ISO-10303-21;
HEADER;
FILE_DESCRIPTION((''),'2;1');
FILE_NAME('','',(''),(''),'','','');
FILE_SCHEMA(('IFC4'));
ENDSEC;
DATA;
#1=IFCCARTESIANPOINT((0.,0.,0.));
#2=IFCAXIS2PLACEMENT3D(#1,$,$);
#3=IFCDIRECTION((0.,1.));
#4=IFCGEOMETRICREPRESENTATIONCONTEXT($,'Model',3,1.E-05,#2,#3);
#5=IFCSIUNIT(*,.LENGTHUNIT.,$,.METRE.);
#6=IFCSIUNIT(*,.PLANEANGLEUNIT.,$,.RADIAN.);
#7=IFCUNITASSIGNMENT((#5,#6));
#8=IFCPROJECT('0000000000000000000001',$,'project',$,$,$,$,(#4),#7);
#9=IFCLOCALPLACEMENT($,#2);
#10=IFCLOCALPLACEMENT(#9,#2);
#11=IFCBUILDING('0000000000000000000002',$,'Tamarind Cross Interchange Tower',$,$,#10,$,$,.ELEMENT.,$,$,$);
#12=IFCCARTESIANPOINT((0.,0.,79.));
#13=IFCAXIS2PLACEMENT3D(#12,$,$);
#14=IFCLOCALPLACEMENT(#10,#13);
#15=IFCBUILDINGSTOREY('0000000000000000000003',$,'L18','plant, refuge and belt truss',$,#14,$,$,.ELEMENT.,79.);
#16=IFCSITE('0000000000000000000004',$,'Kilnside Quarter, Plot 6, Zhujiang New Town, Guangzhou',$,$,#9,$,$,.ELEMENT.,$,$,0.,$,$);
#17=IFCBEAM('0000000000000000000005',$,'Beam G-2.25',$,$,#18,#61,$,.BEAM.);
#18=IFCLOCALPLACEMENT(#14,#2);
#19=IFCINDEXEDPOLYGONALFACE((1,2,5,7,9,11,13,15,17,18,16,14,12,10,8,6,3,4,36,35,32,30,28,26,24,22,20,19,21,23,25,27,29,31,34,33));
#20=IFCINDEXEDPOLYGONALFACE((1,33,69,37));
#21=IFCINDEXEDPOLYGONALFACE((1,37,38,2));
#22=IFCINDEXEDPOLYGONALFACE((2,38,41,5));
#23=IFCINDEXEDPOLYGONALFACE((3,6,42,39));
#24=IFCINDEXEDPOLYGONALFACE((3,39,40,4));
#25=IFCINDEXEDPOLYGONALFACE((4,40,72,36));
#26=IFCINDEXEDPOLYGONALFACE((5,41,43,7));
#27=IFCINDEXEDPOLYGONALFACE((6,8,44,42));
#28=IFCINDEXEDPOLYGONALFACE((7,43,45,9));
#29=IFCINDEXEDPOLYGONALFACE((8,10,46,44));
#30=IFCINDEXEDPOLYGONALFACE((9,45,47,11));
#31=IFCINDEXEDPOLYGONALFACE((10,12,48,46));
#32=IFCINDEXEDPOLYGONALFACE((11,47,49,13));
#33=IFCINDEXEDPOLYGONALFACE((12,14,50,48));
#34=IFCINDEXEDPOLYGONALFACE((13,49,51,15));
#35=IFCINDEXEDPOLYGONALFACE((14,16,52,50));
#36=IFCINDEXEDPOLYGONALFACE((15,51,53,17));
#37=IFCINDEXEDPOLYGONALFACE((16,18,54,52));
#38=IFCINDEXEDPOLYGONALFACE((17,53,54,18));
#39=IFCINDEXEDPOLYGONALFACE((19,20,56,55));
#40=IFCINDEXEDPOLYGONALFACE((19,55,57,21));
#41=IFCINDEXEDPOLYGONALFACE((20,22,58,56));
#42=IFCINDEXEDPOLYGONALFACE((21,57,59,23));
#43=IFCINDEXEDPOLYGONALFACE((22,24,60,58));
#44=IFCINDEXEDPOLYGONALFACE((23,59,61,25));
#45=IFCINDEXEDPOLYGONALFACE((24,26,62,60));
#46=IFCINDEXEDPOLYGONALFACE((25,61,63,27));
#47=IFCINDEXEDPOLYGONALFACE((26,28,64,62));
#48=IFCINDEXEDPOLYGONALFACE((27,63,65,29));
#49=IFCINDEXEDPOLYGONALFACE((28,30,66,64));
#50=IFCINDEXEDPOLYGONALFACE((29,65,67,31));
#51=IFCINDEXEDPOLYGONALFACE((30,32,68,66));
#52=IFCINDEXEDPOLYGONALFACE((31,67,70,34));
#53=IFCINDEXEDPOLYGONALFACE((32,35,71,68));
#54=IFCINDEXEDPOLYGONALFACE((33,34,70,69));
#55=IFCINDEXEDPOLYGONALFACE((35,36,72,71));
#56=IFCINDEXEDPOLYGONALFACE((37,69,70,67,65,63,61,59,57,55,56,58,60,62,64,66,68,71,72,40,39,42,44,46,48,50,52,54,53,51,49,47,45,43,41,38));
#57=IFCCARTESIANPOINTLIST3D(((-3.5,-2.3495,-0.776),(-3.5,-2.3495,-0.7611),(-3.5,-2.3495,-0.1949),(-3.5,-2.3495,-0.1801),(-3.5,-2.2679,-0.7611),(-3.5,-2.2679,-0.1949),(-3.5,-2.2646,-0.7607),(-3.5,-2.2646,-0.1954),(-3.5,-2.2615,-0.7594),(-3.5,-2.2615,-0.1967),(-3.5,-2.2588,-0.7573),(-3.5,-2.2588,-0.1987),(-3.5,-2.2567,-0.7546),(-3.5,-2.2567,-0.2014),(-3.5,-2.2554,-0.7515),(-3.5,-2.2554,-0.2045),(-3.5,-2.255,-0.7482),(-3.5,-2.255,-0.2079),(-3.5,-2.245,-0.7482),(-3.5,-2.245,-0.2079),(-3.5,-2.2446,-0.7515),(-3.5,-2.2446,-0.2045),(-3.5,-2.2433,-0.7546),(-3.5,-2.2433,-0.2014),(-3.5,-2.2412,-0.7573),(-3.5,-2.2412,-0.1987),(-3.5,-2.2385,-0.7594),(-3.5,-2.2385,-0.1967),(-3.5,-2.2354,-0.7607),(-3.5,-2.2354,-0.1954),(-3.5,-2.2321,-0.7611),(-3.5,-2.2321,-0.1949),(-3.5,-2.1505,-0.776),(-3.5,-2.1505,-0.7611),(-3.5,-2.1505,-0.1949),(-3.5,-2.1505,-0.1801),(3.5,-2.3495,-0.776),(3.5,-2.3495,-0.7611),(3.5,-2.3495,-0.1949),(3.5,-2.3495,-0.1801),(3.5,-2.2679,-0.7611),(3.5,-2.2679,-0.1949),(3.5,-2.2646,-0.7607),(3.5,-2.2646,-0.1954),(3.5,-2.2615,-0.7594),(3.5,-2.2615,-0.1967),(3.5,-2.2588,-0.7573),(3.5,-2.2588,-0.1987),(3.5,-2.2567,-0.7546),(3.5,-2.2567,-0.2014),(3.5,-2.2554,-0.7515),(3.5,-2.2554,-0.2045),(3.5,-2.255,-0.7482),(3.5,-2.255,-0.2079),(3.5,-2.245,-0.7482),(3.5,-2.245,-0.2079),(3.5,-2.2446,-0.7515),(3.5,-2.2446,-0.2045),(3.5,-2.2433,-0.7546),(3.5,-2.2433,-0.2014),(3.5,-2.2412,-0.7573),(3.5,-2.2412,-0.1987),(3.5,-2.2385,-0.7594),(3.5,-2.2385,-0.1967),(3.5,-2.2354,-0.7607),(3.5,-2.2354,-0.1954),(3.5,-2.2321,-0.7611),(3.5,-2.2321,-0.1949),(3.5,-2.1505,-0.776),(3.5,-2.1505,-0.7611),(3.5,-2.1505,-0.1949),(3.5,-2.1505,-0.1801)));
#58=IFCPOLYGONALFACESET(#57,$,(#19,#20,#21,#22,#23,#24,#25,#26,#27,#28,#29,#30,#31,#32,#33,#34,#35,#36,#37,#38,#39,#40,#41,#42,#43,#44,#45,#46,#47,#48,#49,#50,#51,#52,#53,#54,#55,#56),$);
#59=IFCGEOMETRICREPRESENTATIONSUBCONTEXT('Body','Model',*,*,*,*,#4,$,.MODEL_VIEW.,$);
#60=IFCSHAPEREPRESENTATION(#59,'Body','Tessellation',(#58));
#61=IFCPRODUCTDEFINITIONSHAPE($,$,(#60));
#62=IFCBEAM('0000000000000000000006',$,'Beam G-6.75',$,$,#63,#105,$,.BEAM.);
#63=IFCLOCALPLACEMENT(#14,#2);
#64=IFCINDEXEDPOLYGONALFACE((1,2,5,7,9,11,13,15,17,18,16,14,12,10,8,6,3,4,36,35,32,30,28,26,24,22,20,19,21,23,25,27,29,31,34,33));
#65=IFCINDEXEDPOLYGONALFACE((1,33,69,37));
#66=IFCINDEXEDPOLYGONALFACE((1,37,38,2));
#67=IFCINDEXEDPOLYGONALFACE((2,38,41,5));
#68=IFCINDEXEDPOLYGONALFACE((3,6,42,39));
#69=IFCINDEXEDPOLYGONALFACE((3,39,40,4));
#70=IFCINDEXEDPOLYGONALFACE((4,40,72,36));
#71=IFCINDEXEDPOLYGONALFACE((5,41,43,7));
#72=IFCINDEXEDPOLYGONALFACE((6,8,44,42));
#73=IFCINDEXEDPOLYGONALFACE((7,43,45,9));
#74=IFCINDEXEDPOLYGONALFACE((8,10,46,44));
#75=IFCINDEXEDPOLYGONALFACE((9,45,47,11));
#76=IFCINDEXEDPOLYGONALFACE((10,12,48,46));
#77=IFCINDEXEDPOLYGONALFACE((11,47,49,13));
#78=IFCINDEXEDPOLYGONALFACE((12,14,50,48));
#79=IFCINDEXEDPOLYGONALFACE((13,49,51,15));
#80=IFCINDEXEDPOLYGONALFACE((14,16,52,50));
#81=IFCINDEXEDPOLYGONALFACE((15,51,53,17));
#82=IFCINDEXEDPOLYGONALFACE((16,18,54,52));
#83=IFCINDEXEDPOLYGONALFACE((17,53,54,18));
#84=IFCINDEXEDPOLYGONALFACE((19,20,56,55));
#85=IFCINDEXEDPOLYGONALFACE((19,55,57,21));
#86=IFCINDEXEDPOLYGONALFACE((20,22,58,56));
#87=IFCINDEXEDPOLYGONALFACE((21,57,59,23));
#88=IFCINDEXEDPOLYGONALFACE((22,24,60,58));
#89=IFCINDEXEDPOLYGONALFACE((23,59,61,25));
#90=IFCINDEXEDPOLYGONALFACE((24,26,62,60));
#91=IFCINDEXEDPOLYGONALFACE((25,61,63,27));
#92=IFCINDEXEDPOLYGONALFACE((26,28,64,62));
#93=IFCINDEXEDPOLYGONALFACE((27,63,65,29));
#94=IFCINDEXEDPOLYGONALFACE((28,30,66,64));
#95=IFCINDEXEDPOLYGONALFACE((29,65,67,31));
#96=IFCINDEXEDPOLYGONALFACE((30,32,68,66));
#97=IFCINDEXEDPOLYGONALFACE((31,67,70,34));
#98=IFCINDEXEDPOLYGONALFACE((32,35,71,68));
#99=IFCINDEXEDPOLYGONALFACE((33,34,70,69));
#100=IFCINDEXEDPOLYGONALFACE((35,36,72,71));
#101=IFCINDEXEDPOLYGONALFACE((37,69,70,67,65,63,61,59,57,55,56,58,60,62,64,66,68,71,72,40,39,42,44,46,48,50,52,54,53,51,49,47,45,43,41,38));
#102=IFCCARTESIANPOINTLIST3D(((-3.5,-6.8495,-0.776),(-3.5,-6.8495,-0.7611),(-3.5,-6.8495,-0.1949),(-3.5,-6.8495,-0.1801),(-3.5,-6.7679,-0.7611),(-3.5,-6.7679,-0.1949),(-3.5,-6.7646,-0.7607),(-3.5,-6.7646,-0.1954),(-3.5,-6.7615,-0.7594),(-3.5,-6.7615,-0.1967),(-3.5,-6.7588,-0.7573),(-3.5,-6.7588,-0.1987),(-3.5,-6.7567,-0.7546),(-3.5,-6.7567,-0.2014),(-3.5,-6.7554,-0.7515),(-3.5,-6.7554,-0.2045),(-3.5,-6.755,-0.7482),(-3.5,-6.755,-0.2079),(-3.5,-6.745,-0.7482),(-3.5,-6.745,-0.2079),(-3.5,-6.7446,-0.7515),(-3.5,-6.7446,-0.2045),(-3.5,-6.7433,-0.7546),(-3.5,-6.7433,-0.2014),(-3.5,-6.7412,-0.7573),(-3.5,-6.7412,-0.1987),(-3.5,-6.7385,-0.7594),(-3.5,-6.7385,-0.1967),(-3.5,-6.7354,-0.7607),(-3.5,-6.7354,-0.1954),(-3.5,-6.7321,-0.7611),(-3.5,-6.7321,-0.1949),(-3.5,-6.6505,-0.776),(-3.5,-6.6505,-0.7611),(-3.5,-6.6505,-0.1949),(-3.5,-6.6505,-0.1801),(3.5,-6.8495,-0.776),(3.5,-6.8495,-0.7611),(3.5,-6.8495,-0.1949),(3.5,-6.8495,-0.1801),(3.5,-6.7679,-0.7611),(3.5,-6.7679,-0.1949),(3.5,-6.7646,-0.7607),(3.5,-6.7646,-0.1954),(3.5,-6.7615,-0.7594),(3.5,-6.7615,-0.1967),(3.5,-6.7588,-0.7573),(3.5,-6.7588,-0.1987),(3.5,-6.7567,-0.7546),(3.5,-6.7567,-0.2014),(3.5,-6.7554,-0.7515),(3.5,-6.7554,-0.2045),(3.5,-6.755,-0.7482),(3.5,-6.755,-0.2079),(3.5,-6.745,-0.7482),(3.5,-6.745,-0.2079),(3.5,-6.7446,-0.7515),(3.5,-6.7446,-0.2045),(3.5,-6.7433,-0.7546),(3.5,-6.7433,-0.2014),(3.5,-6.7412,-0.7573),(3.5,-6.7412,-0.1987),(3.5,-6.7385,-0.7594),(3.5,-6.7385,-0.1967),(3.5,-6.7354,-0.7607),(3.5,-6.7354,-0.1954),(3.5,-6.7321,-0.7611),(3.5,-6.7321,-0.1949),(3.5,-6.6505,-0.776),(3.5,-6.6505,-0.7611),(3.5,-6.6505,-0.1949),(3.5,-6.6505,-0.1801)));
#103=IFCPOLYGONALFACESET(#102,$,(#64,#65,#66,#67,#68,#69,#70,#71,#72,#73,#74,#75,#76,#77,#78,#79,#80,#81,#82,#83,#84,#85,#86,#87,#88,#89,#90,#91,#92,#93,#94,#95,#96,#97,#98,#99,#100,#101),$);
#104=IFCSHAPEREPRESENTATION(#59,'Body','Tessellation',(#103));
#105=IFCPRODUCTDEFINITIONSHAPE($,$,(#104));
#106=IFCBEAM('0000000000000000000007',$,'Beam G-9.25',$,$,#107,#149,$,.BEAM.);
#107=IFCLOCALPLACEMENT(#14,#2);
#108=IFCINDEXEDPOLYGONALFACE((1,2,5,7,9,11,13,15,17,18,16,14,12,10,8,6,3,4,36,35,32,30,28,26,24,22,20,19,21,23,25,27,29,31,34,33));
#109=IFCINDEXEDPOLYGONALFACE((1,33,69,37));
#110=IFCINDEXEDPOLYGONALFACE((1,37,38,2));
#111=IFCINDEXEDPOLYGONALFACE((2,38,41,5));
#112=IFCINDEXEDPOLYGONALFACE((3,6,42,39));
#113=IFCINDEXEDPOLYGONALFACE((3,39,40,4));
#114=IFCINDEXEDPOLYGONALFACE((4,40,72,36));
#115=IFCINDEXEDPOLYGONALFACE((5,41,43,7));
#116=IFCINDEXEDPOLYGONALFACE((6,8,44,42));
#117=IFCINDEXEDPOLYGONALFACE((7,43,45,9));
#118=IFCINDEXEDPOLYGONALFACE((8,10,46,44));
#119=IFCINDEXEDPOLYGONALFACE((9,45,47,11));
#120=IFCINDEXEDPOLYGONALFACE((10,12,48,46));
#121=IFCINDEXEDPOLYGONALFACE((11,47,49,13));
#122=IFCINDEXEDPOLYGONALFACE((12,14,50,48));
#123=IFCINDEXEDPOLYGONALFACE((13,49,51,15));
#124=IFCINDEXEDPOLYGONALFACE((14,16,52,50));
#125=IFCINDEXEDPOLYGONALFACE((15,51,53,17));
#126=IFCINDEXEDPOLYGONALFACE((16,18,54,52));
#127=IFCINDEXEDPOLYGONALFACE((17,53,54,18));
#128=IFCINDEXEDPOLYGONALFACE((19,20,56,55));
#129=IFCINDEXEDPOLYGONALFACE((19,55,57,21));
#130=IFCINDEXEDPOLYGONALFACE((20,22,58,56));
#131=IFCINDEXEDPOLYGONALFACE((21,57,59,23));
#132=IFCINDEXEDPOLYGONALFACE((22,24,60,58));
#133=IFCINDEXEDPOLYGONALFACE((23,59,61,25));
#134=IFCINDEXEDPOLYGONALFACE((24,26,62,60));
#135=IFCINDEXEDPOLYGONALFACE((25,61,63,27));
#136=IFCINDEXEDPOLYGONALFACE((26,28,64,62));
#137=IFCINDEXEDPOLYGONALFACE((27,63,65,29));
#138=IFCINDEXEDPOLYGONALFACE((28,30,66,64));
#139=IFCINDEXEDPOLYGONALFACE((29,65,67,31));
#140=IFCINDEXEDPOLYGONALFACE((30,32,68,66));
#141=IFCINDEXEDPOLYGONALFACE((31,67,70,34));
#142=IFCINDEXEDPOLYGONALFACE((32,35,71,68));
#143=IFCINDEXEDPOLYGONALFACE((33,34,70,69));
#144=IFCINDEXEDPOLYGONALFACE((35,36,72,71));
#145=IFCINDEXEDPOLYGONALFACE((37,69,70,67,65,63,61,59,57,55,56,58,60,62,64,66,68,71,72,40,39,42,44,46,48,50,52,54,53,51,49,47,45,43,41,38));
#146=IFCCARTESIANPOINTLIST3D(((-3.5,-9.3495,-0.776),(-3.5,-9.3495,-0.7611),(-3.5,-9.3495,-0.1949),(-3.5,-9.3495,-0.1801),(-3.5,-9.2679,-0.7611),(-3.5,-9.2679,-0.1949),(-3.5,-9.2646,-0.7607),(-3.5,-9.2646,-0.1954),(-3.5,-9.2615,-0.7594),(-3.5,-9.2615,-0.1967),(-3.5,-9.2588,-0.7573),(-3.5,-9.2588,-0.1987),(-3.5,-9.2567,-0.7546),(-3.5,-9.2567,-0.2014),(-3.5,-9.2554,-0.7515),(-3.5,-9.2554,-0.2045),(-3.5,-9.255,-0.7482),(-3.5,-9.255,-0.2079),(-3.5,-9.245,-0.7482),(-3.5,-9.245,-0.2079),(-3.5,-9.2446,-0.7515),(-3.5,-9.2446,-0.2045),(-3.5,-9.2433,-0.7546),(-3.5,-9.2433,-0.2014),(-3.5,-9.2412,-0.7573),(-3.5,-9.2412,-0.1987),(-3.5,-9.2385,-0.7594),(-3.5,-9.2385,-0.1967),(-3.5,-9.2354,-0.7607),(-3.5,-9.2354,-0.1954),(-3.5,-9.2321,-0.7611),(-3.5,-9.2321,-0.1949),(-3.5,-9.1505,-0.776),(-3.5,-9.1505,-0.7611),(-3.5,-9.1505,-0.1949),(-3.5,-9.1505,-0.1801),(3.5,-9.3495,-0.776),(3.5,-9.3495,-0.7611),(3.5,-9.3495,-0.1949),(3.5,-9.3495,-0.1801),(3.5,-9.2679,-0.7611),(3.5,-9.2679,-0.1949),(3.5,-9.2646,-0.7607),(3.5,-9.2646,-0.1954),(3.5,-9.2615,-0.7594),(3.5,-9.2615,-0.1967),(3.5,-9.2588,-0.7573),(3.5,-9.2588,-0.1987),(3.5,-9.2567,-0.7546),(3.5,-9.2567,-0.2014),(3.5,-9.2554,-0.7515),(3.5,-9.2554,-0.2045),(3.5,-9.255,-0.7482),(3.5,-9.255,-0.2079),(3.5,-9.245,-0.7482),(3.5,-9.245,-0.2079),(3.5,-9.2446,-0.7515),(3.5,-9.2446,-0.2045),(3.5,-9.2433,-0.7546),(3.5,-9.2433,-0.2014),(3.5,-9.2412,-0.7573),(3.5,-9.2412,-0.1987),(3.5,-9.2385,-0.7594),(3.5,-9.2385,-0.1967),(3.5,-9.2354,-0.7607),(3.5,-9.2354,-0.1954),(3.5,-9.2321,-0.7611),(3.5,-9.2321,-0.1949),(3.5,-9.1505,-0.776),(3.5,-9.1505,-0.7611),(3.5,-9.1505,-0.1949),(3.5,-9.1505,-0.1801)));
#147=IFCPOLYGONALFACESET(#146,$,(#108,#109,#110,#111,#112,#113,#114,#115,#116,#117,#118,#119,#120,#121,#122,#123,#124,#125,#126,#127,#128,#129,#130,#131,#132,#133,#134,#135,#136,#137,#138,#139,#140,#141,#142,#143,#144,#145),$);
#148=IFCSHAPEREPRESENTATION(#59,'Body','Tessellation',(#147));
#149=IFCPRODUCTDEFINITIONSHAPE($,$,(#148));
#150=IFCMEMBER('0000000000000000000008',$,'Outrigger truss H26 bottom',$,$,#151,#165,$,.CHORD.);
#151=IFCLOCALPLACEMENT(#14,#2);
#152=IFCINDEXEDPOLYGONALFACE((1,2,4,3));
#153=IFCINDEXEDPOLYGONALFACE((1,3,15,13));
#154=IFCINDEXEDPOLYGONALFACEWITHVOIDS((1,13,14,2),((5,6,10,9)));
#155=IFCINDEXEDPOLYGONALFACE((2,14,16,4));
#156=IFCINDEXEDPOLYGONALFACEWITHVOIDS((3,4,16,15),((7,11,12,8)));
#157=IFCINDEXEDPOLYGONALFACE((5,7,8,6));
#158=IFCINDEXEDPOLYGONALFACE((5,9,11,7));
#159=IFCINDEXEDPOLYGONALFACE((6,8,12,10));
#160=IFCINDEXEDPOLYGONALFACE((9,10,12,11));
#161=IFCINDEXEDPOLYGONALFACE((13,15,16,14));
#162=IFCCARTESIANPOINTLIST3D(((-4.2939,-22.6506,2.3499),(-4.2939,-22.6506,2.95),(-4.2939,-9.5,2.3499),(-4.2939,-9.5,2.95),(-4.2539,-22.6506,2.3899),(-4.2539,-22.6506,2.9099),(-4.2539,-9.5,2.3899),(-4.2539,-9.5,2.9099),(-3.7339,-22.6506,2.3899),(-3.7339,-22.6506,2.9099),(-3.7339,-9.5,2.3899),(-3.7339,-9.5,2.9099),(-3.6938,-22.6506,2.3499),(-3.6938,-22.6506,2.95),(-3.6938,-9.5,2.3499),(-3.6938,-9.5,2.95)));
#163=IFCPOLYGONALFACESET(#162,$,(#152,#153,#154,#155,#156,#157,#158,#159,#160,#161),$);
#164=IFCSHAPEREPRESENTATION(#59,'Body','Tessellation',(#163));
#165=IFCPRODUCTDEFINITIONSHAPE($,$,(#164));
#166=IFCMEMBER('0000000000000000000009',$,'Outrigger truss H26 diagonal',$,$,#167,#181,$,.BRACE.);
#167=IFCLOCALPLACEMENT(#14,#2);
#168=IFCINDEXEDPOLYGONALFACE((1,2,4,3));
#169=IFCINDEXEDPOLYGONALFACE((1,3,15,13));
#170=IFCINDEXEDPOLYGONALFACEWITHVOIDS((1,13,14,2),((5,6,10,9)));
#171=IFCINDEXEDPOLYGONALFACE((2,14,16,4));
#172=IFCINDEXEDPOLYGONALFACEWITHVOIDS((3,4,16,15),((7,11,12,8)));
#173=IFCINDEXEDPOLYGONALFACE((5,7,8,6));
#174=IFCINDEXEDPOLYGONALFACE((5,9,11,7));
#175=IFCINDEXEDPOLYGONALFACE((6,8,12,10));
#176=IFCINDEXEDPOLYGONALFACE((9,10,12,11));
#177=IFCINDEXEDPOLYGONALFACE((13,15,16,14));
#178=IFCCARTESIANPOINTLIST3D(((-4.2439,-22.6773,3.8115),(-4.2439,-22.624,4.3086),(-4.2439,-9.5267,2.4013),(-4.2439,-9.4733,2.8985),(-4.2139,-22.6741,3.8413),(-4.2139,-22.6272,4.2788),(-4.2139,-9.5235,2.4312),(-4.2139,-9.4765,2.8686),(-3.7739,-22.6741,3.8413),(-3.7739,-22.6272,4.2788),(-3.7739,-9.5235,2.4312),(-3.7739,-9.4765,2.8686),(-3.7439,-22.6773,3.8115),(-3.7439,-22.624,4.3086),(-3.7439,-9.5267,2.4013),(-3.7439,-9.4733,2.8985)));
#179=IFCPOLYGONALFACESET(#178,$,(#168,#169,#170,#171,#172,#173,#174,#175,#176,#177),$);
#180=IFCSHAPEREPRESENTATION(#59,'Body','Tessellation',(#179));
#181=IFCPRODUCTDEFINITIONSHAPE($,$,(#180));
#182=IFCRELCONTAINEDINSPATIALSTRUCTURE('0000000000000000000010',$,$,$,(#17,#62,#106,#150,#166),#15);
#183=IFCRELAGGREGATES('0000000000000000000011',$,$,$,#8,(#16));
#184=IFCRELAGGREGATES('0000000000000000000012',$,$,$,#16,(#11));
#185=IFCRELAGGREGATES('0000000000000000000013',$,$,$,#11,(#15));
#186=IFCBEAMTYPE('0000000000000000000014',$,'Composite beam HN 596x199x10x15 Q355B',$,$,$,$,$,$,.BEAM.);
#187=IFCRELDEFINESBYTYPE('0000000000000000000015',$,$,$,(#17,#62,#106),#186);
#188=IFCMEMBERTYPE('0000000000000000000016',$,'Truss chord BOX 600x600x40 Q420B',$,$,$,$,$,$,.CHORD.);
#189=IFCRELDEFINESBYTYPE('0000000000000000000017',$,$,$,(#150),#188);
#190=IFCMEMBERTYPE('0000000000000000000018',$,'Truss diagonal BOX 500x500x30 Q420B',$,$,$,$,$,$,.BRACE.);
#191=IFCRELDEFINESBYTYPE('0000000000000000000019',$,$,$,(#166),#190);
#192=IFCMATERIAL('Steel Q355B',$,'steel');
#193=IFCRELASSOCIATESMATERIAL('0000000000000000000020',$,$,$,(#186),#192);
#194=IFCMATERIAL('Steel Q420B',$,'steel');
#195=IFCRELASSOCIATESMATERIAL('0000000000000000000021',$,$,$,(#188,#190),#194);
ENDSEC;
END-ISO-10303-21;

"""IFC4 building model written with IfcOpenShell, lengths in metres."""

from ifc_helpers import new_model, si_unit, direction, frame, origin, origin_2d, place, context, subcontext, project, spatial, hollow_rectangle, i_section, extrude, material, material_profile, profile_set, type_object, element, save


model = new_model("IFC4")

# Units and contexts
model_context = context("Model", 3, precision=1e-05, world=origin(), true_north=direction((0.0, 1.0)))
body_context = subcontext(model_context, "Body", "Model", "MODEL_VIEW")
ifc_project = project(units=[si_unit("LENGTHUNIT", "METRE"), si_unit("PLANEANGLEUNIT", "RADIAN")], contexts=[model_context])

# Site, building, storey
site_placement = place(None, origin())
site = spatial("IfcSite", under=ifc_project, at=site_placement, Name="Kilnside Quarter, Plot 6, Zhujiang New Town, Guangzhou", CompositionType="ELEMENT", RefElevation=0.0)
building_placement = place(site_placement, origin())
building = spatial("IfcBuilding", under=site, at=building_placement, Name="Tamarind Cross Interchange Tower", CompositionType="ELEMENT")
storey_placement = place(building_placement, frame((0.0, 0.0, 79.0)))
storey = spatial("IfcBuildingStorey", under=building, at=storey_placement, Name="L18", Description="plant, refuge and belt truss", CompositionType="ELEMENT", Elevation=79.0)

# Beams
ifc_material_1 = material(Name="Steel Q355B", Category="steel")
ifc_material_profile_1 = material_profile(ifc_material_1, i_section(OverallWidth=0.199, OverallDepth=0.5959, WebThickness=0.01, FlangeThickness=0.0149, FilletRadius=0.0129, at=origin_2d()), Name="HN 596x199x10x15")
ifc_profile_set_1 = profile_set([ifc_material_profile_1], Name="Steel Q355B")
beam_type = type_object("IfcBeamType", Name="Composite beam HN 596x199x10x15 Q355B", PredefinedType="BEAM", material=ifc_profile_set_1)
for number, where, z_axis, x_axis, name in (
    (1, (-3.5, -2.25, -0.478), (1.0, 0.0, 0.0), (0.0, 1.0, 0.0), "Beam G-2.25"),
    (2, (-3.5, -6.75, -0.478), (1.0, 0.0, 0.0), (0.0, 1.0, 0.0), "Beam G-6.75"),
    (3, (-3.5, -9.25, -0.478), (1.0, 0.0, 0.0), (0.0, 1.0, 0.0), "Beam G-9.25"),
):
    element("IfcBeam", number, at=place(storey_placement, frame(where, z_axis=z_axis, x_axis=x_axis)), inside=storey, type_object=beam_type, Name=name, PredefinedType="BEAM", context=body_context, shape_type="SweptSolid", body=[
        extrude(i_section(OverallWidth=0.199, OverallDepth=0.5959, WebThickness=0.01, FlangeThickness=0.0149, FilletRadius=0.0129, at=origin_2d()), origin(), (0.0, 0.0, 1.0), 7.0),
    ])

# Members
ifc_material_2 = material(Name="Steel Q420B", Category="steel")
ifc_material_profile_2 = material_profile(ifc_material_2, hollow_rectangle(XDim=0.6001, YDim=0.6001, WallThickness=0.04, at=origin_2d()), Name="BOX 600x600x40")
ifc_profile_set_2 = profile_set([ifc_material_profile_2], Name="Steel Q420B")
member_type_1 = type_object("IfcMemberType", Name="Truss chord BOX 600x600x40 Q420B", PredefinedType="CHORD", material=ifc_profile_set_2)
member_1_placement = place(storey_placement, frame((-3.9939, -9.5, 2.6499), z_axis=(0.0, -1.0, 0.0), x_axis=(1.0, 0.0, 0.0)))
element("IfcMember", 4, at=member_1_placement, inside=storey, type_object=member_type_1, Name="Outrigger truss H26 bottom", PredefinedType="CHORD", context=body_context, shape_type="SweptSolid", body=[
    extrude(hollow_rectangle(XDim=0.6001, YDim=0.6001, WallThickness=0.04, at=origin_2d()), origin(), (0.0, 0.0, 1.0), 13.1506),
])
ifc_material_profile_3 = material_profile(ifc_material_2, hollow_rectangle(XDim=0.5, YDim=0.5, WallThickness=0.03, at=origin_2d()), Name="BOX 500x500x30")
ifc_profile_set_3 = profile_set([ifc_material_profile_3], Name="Steel Q420B")
member_type_2 = type_object("IfcMemberType", Name="Truss diagonal BOX 500x500x30 Q420B", PredefinedType="BRACE", material=ifc_profile_set_3)
member_2_placement = place(storey_placement, frame((-3.9939, -9.5, 2.6499), z_axis=(0.0, -0.9943, 0.10662), x_axis=(1.0, 0.0, 0.0)))
element("IfcMember", 5, at=member_2_placement, inside=storey, type_object=member_type_2, Name="Outrigger truss H26 diagonal", PredefinedType="BRACE", context=body_context, shape_type="SweptSolid", body=[
    extrude(hollow_rectangle(XDim=0.5, YDim=0.5, WallThickness=0.03, at=origin_2d()), origin(), (0.0, 0.0, 1.0), 13.2261),
])

save(model, "model.ifc")
